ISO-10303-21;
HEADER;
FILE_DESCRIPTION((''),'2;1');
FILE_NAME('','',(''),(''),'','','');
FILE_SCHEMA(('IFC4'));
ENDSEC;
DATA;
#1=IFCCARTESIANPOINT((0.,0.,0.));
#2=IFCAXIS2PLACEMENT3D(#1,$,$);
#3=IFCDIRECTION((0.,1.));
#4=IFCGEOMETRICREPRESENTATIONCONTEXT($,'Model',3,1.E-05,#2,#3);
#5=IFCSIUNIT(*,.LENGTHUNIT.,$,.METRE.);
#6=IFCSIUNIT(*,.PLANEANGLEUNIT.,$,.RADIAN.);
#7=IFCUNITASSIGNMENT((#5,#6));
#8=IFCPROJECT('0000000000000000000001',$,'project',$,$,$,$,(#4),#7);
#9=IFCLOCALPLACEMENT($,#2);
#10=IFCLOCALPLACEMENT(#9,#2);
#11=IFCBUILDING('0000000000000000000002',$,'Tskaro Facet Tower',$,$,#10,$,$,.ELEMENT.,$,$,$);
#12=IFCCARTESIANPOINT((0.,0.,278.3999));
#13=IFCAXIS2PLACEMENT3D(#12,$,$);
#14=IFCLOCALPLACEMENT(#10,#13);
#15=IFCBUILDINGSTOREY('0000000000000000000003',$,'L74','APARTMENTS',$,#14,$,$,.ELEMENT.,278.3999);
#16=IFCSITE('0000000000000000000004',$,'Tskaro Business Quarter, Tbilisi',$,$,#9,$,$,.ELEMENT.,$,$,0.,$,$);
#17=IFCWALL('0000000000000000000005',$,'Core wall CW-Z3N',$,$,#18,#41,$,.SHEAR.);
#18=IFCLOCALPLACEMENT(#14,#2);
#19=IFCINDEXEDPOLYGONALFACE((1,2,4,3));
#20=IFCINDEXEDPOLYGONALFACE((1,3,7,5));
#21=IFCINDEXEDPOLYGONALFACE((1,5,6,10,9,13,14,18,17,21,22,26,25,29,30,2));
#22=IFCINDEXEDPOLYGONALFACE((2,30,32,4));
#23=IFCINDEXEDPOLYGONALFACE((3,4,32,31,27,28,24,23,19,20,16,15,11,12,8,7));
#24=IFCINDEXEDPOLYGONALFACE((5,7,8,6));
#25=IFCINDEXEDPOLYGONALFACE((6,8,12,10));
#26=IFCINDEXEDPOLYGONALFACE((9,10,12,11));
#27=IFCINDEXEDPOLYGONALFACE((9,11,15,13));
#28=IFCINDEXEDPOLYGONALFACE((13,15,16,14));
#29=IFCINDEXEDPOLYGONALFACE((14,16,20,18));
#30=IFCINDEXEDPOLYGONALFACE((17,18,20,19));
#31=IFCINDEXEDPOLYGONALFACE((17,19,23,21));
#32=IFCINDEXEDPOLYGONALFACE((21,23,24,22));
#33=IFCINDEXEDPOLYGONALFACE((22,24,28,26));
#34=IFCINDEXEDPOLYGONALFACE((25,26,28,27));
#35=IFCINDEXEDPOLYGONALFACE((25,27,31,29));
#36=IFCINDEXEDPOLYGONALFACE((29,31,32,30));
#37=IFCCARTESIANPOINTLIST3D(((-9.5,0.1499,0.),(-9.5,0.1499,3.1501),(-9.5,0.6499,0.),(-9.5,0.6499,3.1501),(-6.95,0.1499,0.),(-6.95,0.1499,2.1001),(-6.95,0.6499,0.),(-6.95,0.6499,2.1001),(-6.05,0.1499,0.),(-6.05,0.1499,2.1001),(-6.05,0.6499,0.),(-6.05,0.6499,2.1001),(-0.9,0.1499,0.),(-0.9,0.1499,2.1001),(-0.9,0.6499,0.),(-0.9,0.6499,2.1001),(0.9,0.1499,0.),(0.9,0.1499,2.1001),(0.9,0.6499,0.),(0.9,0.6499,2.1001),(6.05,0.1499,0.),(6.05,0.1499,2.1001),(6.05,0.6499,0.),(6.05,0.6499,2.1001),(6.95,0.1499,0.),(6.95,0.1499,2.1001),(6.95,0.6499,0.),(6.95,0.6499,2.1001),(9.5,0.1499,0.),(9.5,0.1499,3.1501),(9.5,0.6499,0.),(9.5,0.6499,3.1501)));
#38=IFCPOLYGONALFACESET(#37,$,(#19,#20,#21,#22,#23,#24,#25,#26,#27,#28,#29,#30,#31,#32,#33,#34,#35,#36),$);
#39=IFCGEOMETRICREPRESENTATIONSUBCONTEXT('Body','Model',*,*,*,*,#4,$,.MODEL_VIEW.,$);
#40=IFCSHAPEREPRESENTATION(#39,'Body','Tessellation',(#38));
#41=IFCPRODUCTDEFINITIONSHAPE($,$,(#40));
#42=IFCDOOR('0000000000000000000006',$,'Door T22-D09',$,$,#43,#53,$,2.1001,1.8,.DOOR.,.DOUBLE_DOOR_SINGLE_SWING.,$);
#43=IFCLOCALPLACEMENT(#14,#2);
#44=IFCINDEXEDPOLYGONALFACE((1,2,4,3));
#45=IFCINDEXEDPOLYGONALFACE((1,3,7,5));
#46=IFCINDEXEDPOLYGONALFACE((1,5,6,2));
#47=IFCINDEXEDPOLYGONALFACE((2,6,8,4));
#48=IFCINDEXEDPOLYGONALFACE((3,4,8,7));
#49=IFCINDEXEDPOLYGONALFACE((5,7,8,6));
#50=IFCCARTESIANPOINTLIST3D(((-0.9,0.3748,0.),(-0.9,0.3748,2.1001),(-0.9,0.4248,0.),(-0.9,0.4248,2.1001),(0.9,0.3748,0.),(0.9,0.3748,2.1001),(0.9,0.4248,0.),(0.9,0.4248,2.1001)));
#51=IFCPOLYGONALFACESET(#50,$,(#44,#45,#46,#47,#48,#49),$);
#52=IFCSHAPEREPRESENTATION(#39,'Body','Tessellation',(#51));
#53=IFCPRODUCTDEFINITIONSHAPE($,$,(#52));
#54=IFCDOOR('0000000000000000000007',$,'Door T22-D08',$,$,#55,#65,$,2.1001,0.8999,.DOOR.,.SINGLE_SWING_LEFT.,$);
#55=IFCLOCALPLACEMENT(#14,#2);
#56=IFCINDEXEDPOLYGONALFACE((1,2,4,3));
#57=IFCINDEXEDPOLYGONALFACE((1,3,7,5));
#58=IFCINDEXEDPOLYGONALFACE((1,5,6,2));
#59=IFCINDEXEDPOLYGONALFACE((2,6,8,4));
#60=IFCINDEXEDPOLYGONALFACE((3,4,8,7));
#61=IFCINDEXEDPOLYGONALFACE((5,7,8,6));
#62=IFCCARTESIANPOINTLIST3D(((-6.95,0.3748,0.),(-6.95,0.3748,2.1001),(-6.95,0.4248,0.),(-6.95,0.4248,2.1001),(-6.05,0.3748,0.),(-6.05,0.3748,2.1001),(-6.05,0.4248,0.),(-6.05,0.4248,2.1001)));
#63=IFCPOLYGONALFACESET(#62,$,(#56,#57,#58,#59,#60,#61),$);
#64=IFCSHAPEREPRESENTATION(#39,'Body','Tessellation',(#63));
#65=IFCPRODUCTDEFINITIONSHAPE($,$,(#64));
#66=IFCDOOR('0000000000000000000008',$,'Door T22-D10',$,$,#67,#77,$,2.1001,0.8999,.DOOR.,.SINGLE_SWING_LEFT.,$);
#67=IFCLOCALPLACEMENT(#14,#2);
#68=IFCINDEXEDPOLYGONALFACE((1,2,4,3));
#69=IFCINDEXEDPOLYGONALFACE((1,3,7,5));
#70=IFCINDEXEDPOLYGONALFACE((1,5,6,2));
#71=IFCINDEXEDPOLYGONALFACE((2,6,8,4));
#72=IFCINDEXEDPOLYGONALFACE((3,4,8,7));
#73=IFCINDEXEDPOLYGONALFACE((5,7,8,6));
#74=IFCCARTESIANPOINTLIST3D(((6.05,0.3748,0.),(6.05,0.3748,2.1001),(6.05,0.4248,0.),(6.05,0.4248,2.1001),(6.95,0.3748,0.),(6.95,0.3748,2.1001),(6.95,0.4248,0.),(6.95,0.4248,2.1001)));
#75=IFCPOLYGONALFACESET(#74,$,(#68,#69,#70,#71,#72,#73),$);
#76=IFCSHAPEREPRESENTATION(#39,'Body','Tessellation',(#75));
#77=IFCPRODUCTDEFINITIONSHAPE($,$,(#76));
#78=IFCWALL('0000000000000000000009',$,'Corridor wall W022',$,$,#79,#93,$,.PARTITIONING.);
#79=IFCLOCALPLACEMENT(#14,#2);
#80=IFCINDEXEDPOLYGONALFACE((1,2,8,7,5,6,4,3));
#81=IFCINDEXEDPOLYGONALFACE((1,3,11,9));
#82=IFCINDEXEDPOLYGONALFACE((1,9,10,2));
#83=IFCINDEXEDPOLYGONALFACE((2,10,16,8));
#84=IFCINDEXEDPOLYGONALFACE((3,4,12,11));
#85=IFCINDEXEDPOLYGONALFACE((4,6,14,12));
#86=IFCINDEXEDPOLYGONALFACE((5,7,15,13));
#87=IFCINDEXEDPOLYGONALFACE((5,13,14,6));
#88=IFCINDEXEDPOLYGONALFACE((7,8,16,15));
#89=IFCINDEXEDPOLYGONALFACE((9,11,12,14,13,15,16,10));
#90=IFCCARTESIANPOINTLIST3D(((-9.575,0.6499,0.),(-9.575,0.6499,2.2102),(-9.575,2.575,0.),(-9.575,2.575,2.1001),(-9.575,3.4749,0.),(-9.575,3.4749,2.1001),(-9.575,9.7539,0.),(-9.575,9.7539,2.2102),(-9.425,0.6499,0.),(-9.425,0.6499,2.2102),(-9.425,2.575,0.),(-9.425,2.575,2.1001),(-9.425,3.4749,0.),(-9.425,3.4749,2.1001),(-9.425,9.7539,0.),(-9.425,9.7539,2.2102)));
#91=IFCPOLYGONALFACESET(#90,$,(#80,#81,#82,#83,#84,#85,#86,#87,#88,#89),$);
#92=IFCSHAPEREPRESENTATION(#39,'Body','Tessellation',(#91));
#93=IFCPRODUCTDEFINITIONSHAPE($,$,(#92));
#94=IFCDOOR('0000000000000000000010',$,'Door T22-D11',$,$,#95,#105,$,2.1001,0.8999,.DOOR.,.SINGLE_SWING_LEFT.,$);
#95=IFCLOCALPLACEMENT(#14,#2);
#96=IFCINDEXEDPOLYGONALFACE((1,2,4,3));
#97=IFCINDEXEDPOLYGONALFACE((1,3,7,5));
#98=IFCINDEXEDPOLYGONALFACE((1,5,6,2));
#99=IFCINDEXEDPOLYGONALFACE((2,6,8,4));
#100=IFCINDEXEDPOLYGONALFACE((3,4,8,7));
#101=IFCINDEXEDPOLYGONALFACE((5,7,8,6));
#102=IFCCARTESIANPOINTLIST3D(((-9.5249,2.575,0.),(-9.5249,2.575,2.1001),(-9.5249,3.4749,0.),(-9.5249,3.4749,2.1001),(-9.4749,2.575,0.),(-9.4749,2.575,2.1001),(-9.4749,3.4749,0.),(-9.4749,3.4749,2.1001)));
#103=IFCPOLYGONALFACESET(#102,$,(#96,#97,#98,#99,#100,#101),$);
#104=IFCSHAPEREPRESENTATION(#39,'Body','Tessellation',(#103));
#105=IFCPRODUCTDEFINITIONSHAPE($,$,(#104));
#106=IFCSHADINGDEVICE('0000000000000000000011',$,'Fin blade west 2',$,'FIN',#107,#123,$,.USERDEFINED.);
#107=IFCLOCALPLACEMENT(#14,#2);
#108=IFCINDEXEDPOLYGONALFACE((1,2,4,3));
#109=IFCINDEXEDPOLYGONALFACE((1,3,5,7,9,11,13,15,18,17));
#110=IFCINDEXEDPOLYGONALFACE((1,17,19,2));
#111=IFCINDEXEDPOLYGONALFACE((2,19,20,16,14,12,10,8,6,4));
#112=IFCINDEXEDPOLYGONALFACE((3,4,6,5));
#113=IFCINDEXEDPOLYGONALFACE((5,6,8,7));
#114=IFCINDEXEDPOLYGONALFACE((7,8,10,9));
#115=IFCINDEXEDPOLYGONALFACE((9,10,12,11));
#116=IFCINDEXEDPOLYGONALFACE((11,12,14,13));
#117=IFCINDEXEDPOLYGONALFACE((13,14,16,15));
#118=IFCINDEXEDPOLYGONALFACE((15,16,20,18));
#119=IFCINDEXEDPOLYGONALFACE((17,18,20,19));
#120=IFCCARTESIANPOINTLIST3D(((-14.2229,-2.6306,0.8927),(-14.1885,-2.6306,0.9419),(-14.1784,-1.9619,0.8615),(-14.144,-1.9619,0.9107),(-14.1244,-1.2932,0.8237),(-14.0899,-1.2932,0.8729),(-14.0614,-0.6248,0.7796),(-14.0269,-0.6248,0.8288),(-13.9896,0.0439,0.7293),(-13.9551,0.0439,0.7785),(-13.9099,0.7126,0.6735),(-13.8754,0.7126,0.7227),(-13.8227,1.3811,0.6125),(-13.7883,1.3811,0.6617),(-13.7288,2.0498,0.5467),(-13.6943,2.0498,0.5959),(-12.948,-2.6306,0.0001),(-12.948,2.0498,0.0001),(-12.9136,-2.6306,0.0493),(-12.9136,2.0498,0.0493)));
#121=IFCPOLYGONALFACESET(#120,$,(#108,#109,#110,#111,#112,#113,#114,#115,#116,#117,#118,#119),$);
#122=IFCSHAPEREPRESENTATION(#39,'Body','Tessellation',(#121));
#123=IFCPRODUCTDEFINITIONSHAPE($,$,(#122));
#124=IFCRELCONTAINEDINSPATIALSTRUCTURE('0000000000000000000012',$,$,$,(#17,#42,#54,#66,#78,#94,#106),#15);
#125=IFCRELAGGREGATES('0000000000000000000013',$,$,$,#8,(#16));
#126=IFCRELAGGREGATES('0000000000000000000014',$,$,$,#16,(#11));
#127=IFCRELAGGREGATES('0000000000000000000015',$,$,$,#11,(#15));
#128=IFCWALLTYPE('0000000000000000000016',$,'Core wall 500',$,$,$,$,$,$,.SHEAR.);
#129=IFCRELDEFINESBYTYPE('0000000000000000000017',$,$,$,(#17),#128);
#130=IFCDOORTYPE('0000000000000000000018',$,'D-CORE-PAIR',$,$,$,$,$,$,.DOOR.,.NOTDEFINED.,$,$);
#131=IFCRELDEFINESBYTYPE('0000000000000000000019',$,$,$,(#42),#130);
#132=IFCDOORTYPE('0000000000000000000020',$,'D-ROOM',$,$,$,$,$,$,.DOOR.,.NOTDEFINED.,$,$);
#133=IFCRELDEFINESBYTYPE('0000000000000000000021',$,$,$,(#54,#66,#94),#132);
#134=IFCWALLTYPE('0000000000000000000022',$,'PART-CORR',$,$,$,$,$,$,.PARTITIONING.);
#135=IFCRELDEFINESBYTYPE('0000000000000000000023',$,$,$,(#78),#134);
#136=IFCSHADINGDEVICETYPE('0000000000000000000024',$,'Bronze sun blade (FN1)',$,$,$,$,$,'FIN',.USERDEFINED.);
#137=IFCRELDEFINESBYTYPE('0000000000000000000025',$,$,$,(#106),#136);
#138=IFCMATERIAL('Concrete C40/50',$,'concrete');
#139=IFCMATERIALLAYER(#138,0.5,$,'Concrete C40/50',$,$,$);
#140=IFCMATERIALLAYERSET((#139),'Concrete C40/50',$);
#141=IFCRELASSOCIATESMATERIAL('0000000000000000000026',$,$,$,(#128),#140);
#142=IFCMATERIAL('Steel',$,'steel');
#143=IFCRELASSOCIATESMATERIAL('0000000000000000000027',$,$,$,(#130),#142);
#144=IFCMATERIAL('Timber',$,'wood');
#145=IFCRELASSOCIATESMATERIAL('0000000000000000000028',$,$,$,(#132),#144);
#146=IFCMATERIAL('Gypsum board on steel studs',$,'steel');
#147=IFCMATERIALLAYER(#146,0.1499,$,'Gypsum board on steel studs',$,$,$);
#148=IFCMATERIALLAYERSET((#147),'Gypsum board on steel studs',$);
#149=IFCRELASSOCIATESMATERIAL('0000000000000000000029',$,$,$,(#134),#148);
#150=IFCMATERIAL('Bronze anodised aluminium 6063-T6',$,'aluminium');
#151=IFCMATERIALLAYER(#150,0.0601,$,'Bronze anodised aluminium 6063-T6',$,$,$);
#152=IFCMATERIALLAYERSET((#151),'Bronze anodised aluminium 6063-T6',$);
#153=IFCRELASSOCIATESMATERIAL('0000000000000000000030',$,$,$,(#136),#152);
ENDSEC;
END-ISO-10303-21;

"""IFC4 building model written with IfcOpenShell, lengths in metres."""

from ifc_helpers import new_model, si_unit, direction, frame, frame_2d, origin, place, context, subcontext, project, spatial, polyline, rectangle, outline, extrude, material, layer, layer_set, type_object, element, fill, save


model = new_model("IFC4")

# Units and contexts
model_context = context("Model", 3, precision=1e-05, world=origin(), true_north=direction((0.0, 1.0)))
body_context = subcontext(model_context, "Body", "Model", "MODEL_VIEW")
ifc_project = project(units=[si_unit("LENGTHUNIT", "METRE"), si_unit("PLANEANGLEUNIT", "RADIAN")], contexts=[model_context])

# Site, building, storey
site_placement = place(None, origin())
site = spatial("IfcSite", under=ifc_project, at=site_placement, Name="Tskaro Business Quarter, Tbilisi", CompositionType="ELEMENT", RefElevation=0.0)
building_placement = place(site_placement, origin())
building = spatial("IfcBuilding", under=site, at=building_placement, Name="Tskaro Facet Tower", CompositionType="ELEMENT")
storey_placement = place(building_placement, frame((0.0, 0.0, 278.3999)))
storey = spatial("IfcBuildingStorey", under=building, at=storey_placement, Name="L74", Description="APARTMENTS", CompositionType="ELEMENT", Elevation=278.3999)

# Shared definitions
ifc_material_1 = material(Name="Bronze anodised aluminium 6063-T6", Category="aluminium")

# Wall, openings, doors
ifc_material_2 = material(Name="Concrete C40/50", Category="concrete")
ifc_layer_1 = layer(ifc_material_2, 0.5, Name="Concrete C40/50")
ifc_layer_set_1 = layer_set([ifc_layer_1], Name="Concrete C40/50")
wall_type_1 = type_object("IfcWallType", Name="Core wall 500", PredefinedType="SHEAR", material=ifc_layer_set_1)
wall_1_placement = place(storey_placement, frame((-9.5, 0.3999, 0.0), z_axis=(0.0, 0.0, 1.0), x_axis=(1.0, 0.0, 0.0)))
wall_1 = element("IfcWall", 1, at=wall_1_placement, inside=storey, type_object=wall_type_1, Name="Core wall CW-Z3N", PredefinedType="SHEAR", context=body_context, shape_type="SweptSolid", body=[
    extrude(rectangle(XDim=19.0, YDim=0.5, at=frame_2d((9.5, 0.0))), origin(), (0.0, 0.0, 1.0), 3.1501),
])
opening_1_placement = place(wall_1_placement, frame((8.6001, 0.0, 0.0)))
opening_1 = element("IfcOpeningElement", 2, at=opening_1_placement, cuts=wall_1, PredefinedType="OPENING", context=body_context, shape_type="SweptSolid", body=[
    extrude(rectangle(XDim=1.8, YDim=2.1001, at=frame_2d((0.8999, 1.05))), frame((0.0, 0.26, 0.0), z_axis=(0.0, -1.0, 0.0), x_axis=(1.0, 0.0, 0.0)), (0.0, 0.0, 1.0), 0.52),
])
opening_2_placement = place(wall_1_placement, frame((2.55, 0.0, 0.0)))
opening_2 = element("IfcOpeningElement", 3, at=opening_2_placement, cuts=wall_1, PredefinedType="OPENING", context=body_context, shape_type="SweptSolid", body=[
    extrude(rectangle(XDim=0.8999, YDim=2.1001, at=frame_2d((0.45, 1.05))), frame((0.0, 0.26, 0.0), z_axis=(0.0, -1.0, 0.0), x_axis=(1.0, 0.0, 0.0)), (0.0, 0.0, 1.0), 0.52),
])
opening_3_placement = place(wall_1_placement, frame((15.55, 0.0, 0.0)))
opening_3 = element("IfcOpeningElement", 4, at=opening_3_placement, cuts=wall_1, PredefinedType="OPENING", context=body_context, shape_type="SweptSolid", body=[
    extrude(rectangle(XDim=0.8999, YDim=2.1001, at=frame_2d((0.45, 1.05))), frame((0.0, 0.26, 0.0), z_axis=(0.0, -1.0, 0.0), x_axis=(1.0, 0.0, 0.0)), (0.0, 0.0, 1.0), 0.52),
])
ifc_material_3 = material(Name="Steel", Category="steel")
door_type_1 = type_object("IfcDoorType", Name="D-CORE-PAIR", OperationType="NOTDEFINED", PredefinedType="DOOR", material=ifc_material_3)
door_1_placement = place(opening_1_placement, origin())
door_1 = element("IfcDoor", 5, at=door_1_placement, inside=storey, type_object=door_type_1, Name="Door T22-D09", OperationType="DOUBLE_DOOR_SINGLE_SWING", OverallHeight=2.1001, OverallWidth=1.8, PredefinedType="DOOR", context=body_context, shape_type="SweptSolid", body=[
    extrude(rectangle(XDim=1.8, YDim=2.1001, at=frame_2d((0.8999, 1.05))), frame((0.0, 0.0249, 0.0), z_axis=(0.0, -1.0, 0.0), x_axis=(1.0, 0.0, 0.0)), (0.0, 0.0, 1.0), 0.05),
])
fill(opening_1, door_1)
ifc_material_4 = material(Name="Timber", Category="wood")
door_type_2 = type_object("IfcDoorType", Name="D-ROOM", OperationType="NOTDEFINED", PredefinedType="DOOR", material=ifc_material_4)
door_2_placement = place(opening_2_placement, origin())
door_2 = element("IfcDoor", 6, at=door_2_placement, inside=storey, type_object=door_type_2, Name="Door T22-D08", OperationType="SINGLE_SWING_LEFT", OverallHeight=2.1001, OverallWidth=0.8999, PredefinedType="DOOR", context=body_context, shape_type="SweptSolid", body=[
    extrude(rectangle(XDim=0.8999, YDim=2.1001, at=frame_2d((0.45, 1.05))), frame((0.0, 0.0249, 0.0), z_axis=(0.0, -1.0, 0.0), x_axis=(1.0, 0.0, 0.0)), (0.0, 0.0, 1.0), 0.05),
])
fill(opening_2, door_2)
door_3_placement = place(opening_3_placement, origin())
door_3 = element("IfcDoor", 7, at=door_3_placement, inside=storey, type_object=door_type_2, Name="Door T22-D10", OperationType="SINGLE_SWING_LEFT", OverallHeight=2.1001, OverallWidth=0.8999, PredefinedType="DOOR", context=body_context, shape_type="SweptSolid", body=[
    extrude(rectangle(XDim=0.8999, YDim=2.1001, at=frame_2d((0.45, 1.05))), frame((0.0, 0.0249, 0.0), z_axis=(0.0, -1.0, 0.0), x_axis=(1.0, 0.0, 0.0)), (0.0, 0.0, 1.0), 0.05),
])
fill(opening_3, door_3)

# Wall, opening, door
ifc_material_5 = material(Name="Gypsum board on steel studs", Category="steel")
ifc_layer_2 = layer(ifc_material_5, 0.1499, Name="Gypsum board on steel studs")
ifc_layer_set_2 = layer_set([ifc_layer_2], Name="Gypsum board on steel studs")
wall_type_2 = type_object("IfcWallType", Name="PART-CORR", PredefinedType="PARTITIONING", material=ifc_layer_set_2)
wall_2_placement = place(storey_placement, frame((-9.5, 0.6499, 0.0), z_axis=(0.0, 0.0, 1.0), x_axis=(0.0, 1.0, 0.0)))
wall_2 = element("IfcWall", 8, at=wall_2_placement, inside=storey, type_object=wall_type_2, Name="Corridor wall W022", PredefinedType="PARTITIONING", context=body_context, shape_type="SweptSolid", body=[
    extrude(rectangle(XDim=9.104, YDim=0.1499, at=frame_2d((4.552, 0.0))), origin(), (0.0, 0.0, 1.0), 2.2102),
])
opening_4_placement = place(wall_2_placement, frame((1.925, 0.0, 0.0)))
opening_4 = element("IfcOpeningElement", 9, at=opening_4_placement, cuts=wall_2, PredefinedType="OPENING", context=body_context, shape_type="SweptSolid", body=[
    extrude(rectangle(XDim=0.8999, YDim=2.1001, at=frame_2d((0.45, 1.05))), frame((0.0, 0.085, 0.0), z_axis=(0.0, -1.0, 0.0), x_axis=(1.0, 0.0, 0.0)), (0.0, 0.0, 1.0), 0.1699),
])
door_4_placement = place(opening_4_placement, origin())
door_4 = element("IfcDoor", 10, at=door_4_placement, inside=storey, type_object=door_type_2, Name="Door T22-D11", OperationType="SINGLE_SWING_LEFT", OverallHeight=2.1001, OverallWidth=0.8999, PredefinedType="DOOR", context=body_context, shape_type="SweptSolid", body=[
    extrude(rectangle(XDim=0.8999, YDim=2.1001, at=frame_2d((0.45, 1.05))), frame((0.0, 0.0249, 0.0), z_axis=(0.0, -1.0, 0.0), x_axis=(1.0, 0.0, 0.0)), (0.0, 0.0, 1.0), 0.05),
])
fill(opening_4, door_4)

# Shading device
ifc_layer_3 = layer(ifc_material_1, 0.0601, Name="Bronze anodised aluminium 6063-T6")
ifc_layer_set_3 = layer_set([ifc_layer_3], Name="Bronze anodised aluminium 6063-T6")
shading_device_type = type_object("IfcShadingDeviceType", Name="Bronze sun blade (FN1)", ElementType="FIN", PredefinedType="USERDEFINED", material=ifc_layer_set_3)
shading_device_placement = place(storey_placement, frame((-12.9136, 2.0498, 0.0493), z_axis=(0.573527, 0.0, 0.819186), x_axis=(0.0, -1.0, 0.0)))
element("IfcShadingDevice", 11, at=shading_device_placement, inside=storey, type_object=shading_device_type, Name="Fin blade west 2", ObjectType="FIN", PredefinedType="USERDEFINED", context=body_context, shape_type="SweptSolid", body=[
    extrude(outline(polyline([(0.0, 0.0), (4.6804, 0.0), (4.6804, -1.5563), (4.0117, -1.502), (3.343, -1.436), (2.6746, -1.3591), (2.0059, -1.2714), (1.3372, -1.1742), (0.6687, -1.0678), (0.0, -0.9531), (0.0, 0.0)])), origin(), (0.0, 0.0, -1.0), 0.0601),
])

save(model, "model.ifc")
